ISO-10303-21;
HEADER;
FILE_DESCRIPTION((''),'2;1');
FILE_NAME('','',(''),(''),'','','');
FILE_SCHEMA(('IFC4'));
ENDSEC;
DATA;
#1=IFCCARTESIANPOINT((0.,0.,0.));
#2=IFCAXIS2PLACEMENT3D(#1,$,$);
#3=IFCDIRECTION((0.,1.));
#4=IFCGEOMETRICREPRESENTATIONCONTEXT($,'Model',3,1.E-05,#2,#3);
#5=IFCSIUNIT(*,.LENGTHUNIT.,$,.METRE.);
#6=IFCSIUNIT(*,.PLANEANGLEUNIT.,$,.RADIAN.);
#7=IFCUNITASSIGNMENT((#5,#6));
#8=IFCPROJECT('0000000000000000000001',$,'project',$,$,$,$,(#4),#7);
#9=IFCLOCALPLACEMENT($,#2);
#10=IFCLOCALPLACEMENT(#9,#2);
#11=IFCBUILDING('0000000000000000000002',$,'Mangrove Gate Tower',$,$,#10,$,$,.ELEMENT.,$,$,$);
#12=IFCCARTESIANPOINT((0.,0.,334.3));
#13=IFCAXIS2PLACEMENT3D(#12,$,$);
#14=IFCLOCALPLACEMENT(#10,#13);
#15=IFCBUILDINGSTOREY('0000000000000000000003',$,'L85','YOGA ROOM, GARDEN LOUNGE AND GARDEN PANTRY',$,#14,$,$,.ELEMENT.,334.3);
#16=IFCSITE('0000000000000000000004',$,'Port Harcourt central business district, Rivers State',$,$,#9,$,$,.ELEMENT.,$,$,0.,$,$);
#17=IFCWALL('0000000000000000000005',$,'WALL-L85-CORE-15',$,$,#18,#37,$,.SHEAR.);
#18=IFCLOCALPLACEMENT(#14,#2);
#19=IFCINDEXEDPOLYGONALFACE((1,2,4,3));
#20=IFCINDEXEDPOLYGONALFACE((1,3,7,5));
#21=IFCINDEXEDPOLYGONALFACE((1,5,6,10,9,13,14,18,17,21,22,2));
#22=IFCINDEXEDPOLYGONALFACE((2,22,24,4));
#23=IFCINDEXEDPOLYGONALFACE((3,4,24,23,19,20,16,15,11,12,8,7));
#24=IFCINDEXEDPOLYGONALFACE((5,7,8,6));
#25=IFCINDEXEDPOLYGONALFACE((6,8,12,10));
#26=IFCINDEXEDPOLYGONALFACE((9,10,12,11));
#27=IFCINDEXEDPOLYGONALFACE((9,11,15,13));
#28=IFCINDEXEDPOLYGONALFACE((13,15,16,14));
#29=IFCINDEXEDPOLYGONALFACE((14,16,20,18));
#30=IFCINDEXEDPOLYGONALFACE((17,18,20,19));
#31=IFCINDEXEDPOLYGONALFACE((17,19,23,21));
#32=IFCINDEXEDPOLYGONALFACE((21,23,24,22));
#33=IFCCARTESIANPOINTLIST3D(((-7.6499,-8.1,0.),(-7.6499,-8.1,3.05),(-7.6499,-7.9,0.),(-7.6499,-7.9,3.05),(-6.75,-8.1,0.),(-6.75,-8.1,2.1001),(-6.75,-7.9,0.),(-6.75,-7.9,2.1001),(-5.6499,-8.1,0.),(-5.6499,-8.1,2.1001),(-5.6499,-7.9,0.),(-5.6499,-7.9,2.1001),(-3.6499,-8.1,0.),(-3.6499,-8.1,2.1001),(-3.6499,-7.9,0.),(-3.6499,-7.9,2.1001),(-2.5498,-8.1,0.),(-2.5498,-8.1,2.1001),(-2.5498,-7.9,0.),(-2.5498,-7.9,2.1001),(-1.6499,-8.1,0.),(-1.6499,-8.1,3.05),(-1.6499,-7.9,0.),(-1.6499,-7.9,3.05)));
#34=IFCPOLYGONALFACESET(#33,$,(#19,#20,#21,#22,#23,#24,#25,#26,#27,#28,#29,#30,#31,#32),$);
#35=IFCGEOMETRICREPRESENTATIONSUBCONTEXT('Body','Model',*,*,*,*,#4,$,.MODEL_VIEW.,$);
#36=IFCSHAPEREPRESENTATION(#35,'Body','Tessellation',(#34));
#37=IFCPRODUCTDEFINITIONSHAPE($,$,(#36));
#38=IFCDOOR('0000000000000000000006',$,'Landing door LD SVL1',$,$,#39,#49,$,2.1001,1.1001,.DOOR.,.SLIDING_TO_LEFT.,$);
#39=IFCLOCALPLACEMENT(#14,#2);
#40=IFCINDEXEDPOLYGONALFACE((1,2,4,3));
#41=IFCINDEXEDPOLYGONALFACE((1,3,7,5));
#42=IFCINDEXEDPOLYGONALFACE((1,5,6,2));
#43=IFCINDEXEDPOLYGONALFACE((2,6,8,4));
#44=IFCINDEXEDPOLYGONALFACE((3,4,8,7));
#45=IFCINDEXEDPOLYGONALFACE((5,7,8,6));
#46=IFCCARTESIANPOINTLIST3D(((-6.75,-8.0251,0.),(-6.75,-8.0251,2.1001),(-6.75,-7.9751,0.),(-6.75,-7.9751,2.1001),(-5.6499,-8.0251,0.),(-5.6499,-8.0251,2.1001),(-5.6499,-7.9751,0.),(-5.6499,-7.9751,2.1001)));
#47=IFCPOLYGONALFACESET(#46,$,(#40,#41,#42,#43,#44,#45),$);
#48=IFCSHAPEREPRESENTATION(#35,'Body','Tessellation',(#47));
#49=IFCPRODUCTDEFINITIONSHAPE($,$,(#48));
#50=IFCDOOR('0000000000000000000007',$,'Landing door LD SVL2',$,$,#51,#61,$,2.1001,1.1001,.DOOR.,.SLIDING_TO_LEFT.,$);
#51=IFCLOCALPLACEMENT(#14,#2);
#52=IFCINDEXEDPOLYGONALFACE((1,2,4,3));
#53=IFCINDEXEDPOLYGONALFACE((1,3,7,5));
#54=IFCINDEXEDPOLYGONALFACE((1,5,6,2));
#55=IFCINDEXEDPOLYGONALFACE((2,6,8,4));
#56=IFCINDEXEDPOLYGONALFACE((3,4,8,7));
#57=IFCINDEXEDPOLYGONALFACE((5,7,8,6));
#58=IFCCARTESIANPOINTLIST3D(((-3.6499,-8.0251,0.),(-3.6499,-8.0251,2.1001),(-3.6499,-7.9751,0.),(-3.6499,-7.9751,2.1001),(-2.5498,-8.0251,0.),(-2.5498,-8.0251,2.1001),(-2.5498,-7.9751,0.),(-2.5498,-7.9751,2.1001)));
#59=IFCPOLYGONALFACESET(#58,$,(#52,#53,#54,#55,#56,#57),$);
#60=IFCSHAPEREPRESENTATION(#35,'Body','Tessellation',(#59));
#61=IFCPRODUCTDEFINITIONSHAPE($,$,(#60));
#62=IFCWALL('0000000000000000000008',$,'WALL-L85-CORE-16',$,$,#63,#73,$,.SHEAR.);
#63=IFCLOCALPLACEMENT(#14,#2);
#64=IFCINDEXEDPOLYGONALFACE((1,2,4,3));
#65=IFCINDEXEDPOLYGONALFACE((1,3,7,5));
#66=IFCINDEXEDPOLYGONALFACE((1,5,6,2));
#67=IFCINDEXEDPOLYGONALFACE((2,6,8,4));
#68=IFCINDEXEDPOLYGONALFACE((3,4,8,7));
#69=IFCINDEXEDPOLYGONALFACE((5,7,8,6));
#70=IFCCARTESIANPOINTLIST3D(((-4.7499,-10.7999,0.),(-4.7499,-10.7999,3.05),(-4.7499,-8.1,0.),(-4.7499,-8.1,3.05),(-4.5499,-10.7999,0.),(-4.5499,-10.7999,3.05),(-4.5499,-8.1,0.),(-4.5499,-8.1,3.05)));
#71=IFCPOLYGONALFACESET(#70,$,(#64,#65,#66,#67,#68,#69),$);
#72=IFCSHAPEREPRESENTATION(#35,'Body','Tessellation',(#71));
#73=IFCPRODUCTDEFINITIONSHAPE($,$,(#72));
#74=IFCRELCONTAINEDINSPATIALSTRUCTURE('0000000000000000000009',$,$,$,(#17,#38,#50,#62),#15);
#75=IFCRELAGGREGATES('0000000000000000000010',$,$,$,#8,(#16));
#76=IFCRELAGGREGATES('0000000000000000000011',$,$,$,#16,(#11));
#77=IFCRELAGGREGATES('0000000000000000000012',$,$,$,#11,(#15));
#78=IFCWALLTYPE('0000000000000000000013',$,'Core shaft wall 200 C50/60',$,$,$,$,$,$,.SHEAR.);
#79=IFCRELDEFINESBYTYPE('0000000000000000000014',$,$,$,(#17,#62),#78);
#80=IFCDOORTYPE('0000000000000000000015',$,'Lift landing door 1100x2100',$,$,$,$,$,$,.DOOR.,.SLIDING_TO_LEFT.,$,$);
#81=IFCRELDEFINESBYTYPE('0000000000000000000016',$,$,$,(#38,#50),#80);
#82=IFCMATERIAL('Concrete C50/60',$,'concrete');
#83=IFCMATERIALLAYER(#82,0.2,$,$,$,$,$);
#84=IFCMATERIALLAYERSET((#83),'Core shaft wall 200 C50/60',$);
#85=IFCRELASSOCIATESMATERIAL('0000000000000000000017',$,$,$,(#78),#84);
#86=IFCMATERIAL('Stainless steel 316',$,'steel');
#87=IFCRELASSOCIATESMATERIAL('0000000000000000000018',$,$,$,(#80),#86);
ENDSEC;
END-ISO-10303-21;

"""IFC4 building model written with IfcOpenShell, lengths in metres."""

from ifc_helpers import new_model, si_unit, direction, frame, frame_2d, origin, place, context, subcontext, project, spatial, rectangle, extrude, material, layer, layer_set, type_object, element, fill, save


model = new_model("IFC4")

# Units and contexts
model_context = context("Model", 3, precision=1e-05, world=origin(), true_north=direction((0.0, 1.0)))
body_context = subcontext(model_context, "Body", "Model", "MODEL_VIEW")
ifc_project = project(units=[si_unit("LENGTHUNIT", "METRE"), si_unit("PLANEANGLEUNIT", "RADIAN")], contexts=[model_context])

# Site, building, storey
site_placement = place(None, origin())
site = spatial("IfcSite", under=ifc_project, at=site_placement, Name="Port Harcourt central business district, Rivers State", CompositionType="ELEMENT", RefElevation=0.0)
building_placement = place(site_placement, origin())
building = spatial("IfcBuilding", under=site, at=building_placement, Name="Mangrove Gate Tower", CompositionType="ELEMENT")
storey_placement = place(building_placement, frame((0.0, 0.0, 334.3)))
storey = spatial("IfcBuildingStorey", under=building, at=storey_placement, Name="L85", Description="YOGA ROOM, GARDEN LOUNGE AND GARDEN PANTRY", CompositionType="ELEMENT", Elevation=334.3)

# Wall, openings, doors
ifc_material_1 = material(Name="Concrete C50/60", Category="concrete")
ifc_layer_1 = layer(ifc_material_1, 0.2)
ifc_layer_set_1 = layer_set([ifc_layer_1], Name="Core shaft wall 200 C50/60")
wall_type_1 = type_object("IfcWallType", Name="Core shaft wall 200 C50/60", PredefinedType="SHEAR", material=ifc_layer_set_1)
wall_1_placement = place(storey_placement, frame((-7.6499, -8.0, 0.0), z_axis=(0.0, 0.0, 1.0), x_axis=(1.0, 0.0, 0.0)))
wall_1 = element("IfcWall", 1, at=wall_1_placement, inside=storey, type_object=wall_type_1, Name="WALL-L85-CORE-15", PredefinedType="SHEAR", context=body_context, shape_type="SweptSolid", body=[
    extrude(rectangle(XDim=6.0, YDim=0.2, at=frame_2d((3.0, 0.0))), origin(), (0.0, 0.0, 1.0), 3.05),
])
opening_1_placement = place(wall_1_placement, frame((0.8999, 0.0, 0.0)))
opening_1 = element("IfcOpeningElement", 2, at=opening_1_placement, cuts=wall_1, PredefinedType="OPENING", context=body_context, shape_type="SweptSolid", body=[
    extrude(rectangle(XDim=1.1001, YDim=2.1001, at=frame_2d((0.55, 1.05))), frame((0.0, 0.1099, 0.0), z_axis=(0.0, -1.0, 0.0), x_axis=(1.0, 0.0, 0.0)), (0.0, 0.0, 1.0), 0.22),
])
opening_2_placement = place(wall_1_placement, frame((4.0, 0.0, 0.0)))
opening_2 = element("IfcOpeningElement", 3, at=opening_2_placement, cuts=wall_1, PredefinedType="OPENING", context=body_context, shape_type="SweptSolid", body=[
    extrude(rectangle(XDim=1.1001, YDim=2.1001, at=frame_2d((0.55, 1.05))), frame((0.0, 0.1099, 0.0), z_axis=(0.0, -1.0, 0.0), x_axis=(1.0, 0.0, 0.0)), (0.0, 0.0, 1.0), 0.22),
])
ifc_material_2 = material(Name="Stainless steel 316", Category="steel")
door_type_1 = type_object("IfcDoorType", Name="Lift landing door 1100x2100", OperationType="SLIDING_TO_LEFT", PredefinedType="DOOR", material=ifc_material_2)
door_1_placement = place(opening_1_placement, origin())
door_1 = element("IfcDoor", 4, at=door_1_placement, inside=storey, type_object=door_type_1, Name="Landing door LD SVL1", OperationType="SLIDING_TO_LEFT", OverallHeight=2.1001, OverallWidth=1.1001, PredefinedType="DOOR", context=body_context, shape_type="SweptSolid", body=[
    extrude(rectangle(XDim=1.1001, YDim=2.1001, at=frame_2d((0.55, 1.05))), frame((0.0, 0.0249, 0.0), z_axis=(0.0, -1.0, 0.0), x_axis=(1.0, 0.0, 0.0)), (0.0, 0.0, 1.0), 0.05),
])
fill(opening_1, door_1)
door_2_placement = place(opening_2_placement, origin())
door_2 = element("IfcDoor", 5, at=door_2_placement, inside=storey, type_object=door_type_1, Name="Landing door LD SVL2", OperationType="SLIDING_TO_LEFT", OverallHeight=2.1001, OverallWidth=1.1001, PredefinedType="DOOR", context=body_context, shape_type="SweptSolid", body=[
    extrude(rectangle(XDim=1.1001, YDim=2.1001, at=frame_2d((0.55, 1.05))), frame((0.0, 0.0249, 0.0), z_axis=(0.0, -1.0, 0.0), x_axis=(1.0, 0.0, 0.0)), (0.0, 0.0, 1.0), 0.05),
])
fill(opening_2, door_2)

# Wall
wall_2_placement = place(storey_placement, frame((-4.6499, -10.8, 0.0), z_axis=(0.0, 0.0, 1.0), x_axis=(0.0, 1.0, 0.0)))
element("IfcWall", 6, at=wall_2_placement, inside=storey, type_object=wall_type_1, Name="WALL-L85-CORE-16", PredefinedType="SHEAR", context=body_context, shape_type="SweptSolid", body=[
    extrude(rectangle(XDim=2.7, YDim=0.2, at=frame_2d((1.3501, 0.0))), origin(), (0.0, 0.0, 1.0), 3.05),
])

save(model, "model.ifc")
